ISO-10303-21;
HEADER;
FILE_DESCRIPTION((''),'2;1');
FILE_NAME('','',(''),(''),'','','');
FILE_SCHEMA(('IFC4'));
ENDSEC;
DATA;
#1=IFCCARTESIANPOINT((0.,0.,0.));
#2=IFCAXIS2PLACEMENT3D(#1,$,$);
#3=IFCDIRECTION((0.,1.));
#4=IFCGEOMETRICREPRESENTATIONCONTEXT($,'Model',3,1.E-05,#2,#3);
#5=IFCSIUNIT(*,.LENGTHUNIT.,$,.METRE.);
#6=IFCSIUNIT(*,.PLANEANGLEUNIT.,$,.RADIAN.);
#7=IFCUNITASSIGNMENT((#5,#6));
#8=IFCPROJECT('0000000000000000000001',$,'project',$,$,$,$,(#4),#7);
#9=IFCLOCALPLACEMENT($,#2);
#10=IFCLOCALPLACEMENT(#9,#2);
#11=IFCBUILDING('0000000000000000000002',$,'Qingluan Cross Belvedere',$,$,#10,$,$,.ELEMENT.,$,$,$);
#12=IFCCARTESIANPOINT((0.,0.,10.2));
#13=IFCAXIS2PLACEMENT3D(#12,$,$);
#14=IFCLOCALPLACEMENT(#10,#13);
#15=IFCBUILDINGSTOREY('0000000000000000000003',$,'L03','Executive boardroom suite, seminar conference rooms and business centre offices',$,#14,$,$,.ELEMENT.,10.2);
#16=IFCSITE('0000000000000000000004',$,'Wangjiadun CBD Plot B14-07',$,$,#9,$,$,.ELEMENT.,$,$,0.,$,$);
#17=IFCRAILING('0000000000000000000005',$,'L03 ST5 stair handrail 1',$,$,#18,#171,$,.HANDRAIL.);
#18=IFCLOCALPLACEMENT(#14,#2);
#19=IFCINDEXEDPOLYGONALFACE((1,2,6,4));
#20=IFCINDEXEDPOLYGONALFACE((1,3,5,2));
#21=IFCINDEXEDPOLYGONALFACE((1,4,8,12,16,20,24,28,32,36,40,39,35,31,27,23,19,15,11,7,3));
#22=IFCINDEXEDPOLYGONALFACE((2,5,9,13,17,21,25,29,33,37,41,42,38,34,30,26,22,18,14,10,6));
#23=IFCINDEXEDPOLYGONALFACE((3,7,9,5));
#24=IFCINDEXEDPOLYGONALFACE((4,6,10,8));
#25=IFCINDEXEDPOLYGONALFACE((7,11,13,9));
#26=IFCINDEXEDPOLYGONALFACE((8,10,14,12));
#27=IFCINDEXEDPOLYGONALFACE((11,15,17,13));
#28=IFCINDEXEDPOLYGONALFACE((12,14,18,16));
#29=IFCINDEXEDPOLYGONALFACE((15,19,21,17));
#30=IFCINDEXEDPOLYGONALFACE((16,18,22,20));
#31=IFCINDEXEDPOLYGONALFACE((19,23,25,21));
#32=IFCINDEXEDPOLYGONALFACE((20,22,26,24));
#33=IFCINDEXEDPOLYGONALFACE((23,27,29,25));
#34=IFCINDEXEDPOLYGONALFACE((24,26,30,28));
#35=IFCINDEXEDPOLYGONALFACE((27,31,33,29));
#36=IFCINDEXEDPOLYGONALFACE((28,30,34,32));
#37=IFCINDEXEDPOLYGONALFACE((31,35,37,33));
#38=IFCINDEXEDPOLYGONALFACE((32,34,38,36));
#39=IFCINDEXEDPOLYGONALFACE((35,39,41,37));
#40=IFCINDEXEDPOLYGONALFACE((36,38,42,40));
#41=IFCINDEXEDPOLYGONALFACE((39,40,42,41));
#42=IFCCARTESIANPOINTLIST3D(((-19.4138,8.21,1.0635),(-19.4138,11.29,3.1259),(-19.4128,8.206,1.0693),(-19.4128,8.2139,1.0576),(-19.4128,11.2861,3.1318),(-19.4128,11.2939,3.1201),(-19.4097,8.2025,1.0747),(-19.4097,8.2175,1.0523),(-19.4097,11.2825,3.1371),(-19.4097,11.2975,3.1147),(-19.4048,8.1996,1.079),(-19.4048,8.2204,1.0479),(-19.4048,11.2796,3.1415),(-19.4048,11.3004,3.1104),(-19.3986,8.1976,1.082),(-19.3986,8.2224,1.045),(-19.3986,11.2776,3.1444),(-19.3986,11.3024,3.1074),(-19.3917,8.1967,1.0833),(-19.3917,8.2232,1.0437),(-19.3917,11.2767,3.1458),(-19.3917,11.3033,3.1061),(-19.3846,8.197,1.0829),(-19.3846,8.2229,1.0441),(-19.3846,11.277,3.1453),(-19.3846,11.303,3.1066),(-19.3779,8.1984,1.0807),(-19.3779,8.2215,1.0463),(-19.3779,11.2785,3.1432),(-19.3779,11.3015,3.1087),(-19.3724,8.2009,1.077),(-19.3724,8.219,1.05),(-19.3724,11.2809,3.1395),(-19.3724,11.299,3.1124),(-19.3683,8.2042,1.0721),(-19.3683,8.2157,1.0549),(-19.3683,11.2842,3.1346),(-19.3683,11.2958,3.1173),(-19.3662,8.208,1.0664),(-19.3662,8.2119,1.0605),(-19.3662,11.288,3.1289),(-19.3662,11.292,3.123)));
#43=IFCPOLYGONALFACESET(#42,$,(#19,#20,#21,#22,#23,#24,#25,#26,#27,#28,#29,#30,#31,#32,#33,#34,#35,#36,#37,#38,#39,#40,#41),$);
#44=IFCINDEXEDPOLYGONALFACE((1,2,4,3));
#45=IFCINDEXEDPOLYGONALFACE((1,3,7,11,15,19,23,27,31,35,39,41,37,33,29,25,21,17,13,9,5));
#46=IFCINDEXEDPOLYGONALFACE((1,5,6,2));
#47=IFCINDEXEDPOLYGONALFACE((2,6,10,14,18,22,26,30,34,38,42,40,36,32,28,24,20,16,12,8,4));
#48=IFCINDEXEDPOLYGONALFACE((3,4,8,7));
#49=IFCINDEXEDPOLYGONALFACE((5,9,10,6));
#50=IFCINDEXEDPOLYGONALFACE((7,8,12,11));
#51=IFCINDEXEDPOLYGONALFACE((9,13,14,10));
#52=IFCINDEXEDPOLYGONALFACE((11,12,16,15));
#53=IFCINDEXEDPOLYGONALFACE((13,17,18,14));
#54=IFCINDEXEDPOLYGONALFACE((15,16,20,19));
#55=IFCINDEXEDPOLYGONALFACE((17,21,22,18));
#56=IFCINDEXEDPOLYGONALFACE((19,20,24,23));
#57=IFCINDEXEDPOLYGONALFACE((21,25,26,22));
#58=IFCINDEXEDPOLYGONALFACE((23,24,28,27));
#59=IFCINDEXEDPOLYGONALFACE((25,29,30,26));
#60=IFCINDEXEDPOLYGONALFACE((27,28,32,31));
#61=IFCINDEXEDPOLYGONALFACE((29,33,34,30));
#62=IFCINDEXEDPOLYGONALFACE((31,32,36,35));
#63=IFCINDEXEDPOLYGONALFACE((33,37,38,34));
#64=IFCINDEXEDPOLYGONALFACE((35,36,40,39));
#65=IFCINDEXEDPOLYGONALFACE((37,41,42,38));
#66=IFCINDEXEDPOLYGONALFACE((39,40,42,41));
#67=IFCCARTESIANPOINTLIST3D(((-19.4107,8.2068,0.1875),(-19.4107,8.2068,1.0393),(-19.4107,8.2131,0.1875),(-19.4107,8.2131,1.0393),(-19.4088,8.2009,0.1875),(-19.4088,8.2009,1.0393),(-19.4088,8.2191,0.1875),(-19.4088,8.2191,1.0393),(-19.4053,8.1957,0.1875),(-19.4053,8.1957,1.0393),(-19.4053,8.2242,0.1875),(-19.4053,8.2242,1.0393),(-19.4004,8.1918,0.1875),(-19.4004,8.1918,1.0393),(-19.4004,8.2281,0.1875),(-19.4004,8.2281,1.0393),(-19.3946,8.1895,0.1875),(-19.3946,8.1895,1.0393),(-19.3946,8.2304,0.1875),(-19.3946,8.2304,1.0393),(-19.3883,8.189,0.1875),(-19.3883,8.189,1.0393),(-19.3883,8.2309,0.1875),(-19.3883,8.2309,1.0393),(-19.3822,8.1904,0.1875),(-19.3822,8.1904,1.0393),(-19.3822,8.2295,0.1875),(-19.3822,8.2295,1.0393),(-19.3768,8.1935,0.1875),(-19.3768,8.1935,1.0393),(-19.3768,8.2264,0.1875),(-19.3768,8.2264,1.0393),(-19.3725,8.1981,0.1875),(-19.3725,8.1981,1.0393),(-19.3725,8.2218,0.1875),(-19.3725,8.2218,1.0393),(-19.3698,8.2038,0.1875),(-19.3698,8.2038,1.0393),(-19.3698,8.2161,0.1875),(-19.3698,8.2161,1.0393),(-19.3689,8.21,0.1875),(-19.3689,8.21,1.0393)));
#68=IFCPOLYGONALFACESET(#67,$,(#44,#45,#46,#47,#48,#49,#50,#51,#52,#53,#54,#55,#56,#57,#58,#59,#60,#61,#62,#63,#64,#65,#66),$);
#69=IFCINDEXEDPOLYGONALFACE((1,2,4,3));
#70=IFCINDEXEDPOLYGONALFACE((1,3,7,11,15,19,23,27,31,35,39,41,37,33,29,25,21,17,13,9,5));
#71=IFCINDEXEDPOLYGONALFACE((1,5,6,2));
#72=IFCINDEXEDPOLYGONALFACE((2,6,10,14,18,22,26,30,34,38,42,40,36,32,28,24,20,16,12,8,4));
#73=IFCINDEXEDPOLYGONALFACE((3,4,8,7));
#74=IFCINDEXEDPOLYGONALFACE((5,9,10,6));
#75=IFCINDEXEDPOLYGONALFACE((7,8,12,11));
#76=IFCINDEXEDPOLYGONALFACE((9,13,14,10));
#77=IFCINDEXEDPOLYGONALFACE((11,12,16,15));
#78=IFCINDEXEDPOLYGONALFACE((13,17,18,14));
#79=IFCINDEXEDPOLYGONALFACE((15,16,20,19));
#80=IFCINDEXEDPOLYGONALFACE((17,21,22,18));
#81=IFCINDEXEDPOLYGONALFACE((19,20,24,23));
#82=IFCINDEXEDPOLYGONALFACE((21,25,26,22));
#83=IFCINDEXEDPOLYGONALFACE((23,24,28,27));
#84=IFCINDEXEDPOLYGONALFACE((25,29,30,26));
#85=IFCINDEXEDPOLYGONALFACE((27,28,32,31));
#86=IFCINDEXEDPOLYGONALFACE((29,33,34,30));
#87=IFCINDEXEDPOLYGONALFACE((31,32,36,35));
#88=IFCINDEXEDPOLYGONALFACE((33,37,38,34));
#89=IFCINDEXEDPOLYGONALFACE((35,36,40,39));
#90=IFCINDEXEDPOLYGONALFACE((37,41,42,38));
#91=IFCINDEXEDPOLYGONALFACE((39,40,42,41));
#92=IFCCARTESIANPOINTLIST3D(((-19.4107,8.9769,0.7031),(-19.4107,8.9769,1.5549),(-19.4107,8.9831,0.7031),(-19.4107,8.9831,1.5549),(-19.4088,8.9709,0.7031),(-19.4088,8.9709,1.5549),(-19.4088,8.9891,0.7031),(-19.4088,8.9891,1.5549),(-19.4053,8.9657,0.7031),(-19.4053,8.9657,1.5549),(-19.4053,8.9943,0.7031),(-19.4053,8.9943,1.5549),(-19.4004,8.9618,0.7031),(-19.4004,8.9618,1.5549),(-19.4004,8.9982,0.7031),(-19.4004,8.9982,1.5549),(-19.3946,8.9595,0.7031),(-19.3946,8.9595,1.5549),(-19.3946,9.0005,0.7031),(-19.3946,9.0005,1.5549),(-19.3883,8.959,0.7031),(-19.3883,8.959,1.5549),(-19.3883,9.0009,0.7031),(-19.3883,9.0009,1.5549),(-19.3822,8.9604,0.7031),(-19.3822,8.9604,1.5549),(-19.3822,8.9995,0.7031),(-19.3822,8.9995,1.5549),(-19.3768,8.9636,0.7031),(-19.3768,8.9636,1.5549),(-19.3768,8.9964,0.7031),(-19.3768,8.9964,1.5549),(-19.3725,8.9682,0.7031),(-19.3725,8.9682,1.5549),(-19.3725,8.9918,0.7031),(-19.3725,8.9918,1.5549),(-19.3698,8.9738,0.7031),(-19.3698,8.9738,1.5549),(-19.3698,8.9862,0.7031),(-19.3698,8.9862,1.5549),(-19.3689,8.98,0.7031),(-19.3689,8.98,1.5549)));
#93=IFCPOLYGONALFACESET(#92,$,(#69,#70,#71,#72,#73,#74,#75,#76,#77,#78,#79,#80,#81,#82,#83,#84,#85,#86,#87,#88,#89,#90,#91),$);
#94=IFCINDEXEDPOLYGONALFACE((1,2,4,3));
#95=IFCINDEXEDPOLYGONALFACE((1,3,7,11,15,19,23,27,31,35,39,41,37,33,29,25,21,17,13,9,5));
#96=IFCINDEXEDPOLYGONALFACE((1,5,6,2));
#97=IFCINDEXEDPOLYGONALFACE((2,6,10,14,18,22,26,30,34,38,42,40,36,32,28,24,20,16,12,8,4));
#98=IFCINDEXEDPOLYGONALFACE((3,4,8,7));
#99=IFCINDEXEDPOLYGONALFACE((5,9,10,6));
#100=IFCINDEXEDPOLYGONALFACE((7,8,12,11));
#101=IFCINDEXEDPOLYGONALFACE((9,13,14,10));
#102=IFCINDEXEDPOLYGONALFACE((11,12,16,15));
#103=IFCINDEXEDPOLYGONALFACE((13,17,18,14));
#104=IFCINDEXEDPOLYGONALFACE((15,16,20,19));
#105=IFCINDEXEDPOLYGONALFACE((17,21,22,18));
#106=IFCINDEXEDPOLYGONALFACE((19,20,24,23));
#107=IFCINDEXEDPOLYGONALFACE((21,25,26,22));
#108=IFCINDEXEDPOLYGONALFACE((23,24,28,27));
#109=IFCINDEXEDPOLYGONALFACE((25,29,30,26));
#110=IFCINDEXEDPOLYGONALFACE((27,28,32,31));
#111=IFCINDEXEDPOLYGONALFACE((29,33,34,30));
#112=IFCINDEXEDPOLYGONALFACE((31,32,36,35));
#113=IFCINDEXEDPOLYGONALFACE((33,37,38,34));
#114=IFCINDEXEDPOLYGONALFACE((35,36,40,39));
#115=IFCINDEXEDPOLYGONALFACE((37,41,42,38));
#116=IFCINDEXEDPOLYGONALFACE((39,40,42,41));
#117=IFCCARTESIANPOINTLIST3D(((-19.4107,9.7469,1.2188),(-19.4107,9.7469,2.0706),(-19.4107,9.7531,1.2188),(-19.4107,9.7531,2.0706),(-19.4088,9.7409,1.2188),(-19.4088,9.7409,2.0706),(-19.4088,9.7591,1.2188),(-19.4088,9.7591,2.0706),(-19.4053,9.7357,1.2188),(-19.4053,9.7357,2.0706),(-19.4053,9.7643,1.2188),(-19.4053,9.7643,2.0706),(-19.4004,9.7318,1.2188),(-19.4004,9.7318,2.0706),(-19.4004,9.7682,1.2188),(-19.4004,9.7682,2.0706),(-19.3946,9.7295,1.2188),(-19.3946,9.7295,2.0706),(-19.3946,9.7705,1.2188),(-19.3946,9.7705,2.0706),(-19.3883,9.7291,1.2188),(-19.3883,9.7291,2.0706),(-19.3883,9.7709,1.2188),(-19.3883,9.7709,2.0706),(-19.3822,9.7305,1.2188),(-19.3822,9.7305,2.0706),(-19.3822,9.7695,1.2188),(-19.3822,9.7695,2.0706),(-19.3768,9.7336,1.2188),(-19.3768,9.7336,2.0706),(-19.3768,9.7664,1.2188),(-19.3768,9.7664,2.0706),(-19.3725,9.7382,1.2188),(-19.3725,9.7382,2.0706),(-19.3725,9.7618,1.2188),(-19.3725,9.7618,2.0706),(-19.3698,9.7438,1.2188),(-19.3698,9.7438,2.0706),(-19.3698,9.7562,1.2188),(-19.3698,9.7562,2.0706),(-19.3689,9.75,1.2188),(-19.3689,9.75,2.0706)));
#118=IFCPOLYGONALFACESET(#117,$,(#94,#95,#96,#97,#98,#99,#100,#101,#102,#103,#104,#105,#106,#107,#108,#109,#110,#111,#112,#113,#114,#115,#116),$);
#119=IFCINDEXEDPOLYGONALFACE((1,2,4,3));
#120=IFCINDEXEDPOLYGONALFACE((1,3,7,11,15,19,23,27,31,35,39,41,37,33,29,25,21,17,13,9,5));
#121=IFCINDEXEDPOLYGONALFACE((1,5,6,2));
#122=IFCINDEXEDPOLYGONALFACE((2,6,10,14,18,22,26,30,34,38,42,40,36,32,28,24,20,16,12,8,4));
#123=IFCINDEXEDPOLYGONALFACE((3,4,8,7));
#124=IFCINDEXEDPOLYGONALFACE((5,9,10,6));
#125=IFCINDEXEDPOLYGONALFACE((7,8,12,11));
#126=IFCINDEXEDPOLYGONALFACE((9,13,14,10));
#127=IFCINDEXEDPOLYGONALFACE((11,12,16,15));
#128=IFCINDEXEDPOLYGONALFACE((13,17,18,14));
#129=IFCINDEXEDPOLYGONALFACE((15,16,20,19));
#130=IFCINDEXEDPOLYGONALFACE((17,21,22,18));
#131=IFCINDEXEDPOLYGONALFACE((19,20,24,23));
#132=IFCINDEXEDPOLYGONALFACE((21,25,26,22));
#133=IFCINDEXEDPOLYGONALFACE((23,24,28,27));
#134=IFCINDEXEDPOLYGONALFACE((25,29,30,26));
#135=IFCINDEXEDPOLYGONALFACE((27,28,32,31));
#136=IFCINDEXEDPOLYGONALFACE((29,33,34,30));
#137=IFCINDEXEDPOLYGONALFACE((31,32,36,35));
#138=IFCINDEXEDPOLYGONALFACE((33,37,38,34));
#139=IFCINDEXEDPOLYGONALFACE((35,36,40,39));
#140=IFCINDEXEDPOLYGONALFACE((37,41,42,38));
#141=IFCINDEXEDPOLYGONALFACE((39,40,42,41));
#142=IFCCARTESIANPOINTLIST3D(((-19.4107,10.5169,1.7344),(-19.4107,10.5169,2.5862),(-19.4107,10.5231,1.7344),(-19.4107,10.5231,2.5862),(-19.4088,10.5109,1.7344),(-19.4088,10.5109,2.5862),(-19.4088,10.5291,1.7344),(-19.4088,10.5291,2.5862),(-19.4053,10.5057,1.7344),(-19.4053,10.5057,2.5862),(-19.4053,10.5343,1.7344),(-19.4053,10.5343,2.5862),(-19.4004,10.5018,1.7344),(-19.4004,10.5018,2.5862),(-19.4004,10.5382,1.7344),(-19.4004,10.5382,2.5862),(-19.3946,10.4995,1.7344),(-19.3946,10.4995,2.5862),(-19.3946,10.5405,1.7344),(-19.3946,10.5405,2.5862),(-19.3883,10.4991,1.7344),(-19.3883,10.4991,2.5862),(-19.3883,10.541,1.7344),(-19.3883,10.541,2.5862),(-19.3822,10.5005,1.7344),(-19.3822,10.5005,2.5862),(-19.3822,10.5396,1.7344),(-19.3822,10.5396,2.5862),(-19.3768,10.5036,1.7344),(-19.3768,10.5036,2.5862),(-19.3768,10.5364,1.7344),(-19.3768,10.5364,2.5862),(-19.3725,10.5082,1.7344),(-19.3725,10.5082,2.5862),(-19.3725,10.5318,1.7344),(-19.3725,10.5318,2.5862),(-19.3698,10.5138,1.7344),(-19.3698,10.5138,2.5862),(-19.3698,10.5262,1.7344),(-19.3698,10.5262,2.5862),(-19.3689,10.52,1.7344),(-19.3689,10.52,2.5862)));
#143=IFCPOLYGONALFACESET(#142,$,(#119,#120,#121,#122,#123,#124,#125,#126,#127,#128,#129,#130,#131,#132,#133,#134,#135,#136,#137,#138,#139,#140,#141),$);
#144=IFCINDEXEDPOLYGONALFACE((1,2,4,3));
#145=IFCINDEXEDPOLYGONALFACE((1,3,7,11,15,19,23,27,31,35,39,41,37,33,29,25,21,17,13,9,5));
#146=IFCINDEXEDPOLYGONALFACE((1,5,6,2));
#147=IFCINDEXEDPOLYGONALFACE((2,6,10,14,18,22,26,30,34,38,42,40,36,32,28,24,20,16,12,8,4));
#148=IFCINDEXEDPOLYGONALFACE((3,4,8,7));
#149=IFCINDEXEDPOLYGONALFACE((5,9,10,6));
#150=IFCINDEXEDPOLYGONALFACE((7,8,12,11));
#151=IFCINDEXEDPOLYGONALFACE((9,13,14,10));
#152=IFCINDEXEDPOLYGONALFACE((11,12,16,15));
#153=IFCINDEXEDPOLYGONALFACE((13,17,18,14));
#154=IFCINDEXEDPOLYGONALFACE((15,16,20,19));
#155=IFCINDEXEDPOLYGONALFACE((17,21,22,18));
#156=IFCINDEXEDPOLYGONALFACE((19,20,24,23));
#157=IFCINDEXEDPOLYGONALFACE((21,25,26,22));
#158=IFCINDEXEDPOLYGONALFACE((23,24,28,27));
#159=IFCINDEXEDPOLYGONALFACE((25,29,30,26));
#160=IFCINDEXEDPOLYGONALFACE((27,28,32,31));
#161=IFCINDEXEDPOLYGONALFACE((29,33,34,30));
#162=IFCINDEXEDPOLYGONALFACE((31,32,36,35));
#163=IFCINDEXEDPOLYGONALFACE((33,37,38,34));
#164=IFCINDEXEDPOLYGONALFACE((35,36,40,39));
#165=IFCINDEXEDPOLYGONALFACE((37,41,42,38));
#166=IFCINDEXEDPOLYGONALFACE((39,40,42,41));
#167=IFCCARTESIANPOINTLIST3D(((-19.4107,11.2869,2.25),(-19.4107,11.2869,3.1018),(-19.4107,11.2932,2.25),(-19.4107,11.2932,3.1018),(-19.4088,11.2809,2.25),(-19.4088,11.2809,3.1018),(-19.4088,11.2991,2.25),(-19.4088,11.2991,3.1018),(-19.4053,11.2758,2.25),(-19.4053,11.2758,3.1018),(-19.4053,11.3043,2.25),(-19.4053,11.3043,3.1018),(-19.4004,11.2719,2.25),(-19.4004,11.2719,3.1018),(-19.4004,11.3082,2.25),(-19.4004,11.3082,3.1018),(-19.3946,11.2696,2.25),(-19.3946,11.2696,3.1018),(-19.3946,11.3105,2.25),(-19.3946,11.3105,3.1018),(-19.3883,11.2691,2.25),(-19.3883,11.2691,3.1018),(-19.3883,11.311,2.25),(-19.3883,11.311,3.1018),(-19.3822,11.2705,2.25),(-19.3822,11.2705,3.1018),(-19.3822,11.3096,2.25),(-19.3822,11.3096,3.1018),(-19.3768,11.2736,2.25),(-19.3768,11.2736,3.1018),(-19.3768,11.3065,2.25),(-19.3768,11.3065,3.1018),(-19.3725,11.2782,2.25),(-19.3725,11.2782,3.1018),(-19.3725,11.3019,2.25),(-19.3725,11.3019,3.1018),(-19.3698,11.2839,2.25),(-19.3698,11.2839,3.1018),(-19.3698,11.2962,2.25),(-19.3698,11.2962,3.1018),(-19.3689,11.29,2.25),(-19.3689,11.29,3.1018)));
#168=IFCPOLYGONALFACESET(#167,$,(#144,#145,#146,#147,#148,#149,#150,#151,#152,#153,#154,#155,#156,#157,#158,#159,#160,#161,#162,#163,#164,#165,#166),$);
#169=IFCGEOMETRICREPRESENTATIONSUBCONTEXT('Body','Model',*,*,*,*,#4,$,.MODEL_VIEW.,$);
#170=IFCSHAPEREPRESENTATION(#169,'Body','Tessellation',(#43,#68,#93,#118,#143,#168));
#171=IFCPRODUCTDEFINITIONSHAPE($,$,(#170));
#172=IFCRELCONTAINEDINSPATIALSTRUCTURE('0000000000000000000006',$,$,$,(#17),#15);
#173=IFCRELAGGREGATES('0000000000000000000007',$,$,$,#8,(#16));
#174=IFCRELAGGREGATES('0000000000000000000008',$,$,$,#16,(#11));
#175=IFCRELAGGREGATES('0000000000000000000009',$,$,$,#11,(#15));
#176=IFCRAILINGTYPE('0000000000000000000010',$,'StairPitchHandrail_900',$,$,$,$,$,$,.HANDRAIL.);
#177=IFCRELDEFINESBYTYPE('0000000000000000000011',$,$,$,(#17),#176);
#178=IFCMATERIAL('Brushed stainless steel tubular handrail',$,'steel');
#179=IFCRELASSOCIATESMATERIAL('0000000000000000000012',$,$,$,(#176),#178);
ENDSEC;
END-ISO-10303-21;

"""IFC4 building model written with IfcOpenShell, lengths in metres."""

from ifc_helpers import new_model, si_unit, direction, frame, origin, origin_2d, place, context, subcontext, project, spatial, circle, extrude, material, type_object, element, save


model = new_model("IFC4")

# Units and contexts
model_context = context("Model", 3, precision=1e-05, world=origin(), true_north=direction((0.0, 1.0)))
body_context = subcontext(model_context, "Body", "Model", "MODEL_VIEW")
ifc_project = project(units=[si_unit("LENGTHUNIT", "METRE"), si_unit("PLANEANGLEUNIT", "RADIAN")], contexts=[model_context])

# Site, building, storey
site_placement = place(None, origin())
site = spatial("IfcSite", under=ifc_project, at=site_placement, Name="Wangjiadun CBD Plot B14-07", CompositionType="ELEMENT", RefElevation=0.0)
building_placement = place(site_placement, origin())
building = spatial("IfcBuilding", under=site, at=building_placement, Name="Qingluan Cross Belvedere", CompositionType="ELEMENT")
storey_placement = place(building_placement, frame((0.0, 0.0, 10.2)))
storey = spatial("IfcBuildingStorey", under=building, at=storey_placement, Name="L03", Description="Executive boardroom suite, seminar conference rooms and business centre offices", CompositionType="ELEMENT", Elevation=10.2)

# Railing
ifc_material_1 = material(Name="Brushed stainless steel tubular handrail", Category="steel")
railing_type_1 = type_object("IfcRailingType", Name="StairPitchHandrail_900", PredefinedType="HANDRAIL", material=ifc_material_1)
railing_1_placement = place(storey_placement, frame((-19.3899, 8.21, 0.1875)))
element("IfcRailing", 1, at=railing_1_placement, inside=storey, type_object=railing_type_1, Name="L03 ST5 stair handrail 1", PredefinedType="HANDRAIL", context=body_context, shape_type="SweptSolid", body=[
    extrude(circle(Radius=0.0239, at=origin_2d()), frame((0.0, 0.0, 0.876), z_axis=(0.0, 0.830914, 0.556401), x_axis=(-1.0, 0.0, 0.0)), (0.0, 0.0, 1.0), 3.7068),
    extrude(circle(Radius=0.021, at=origin_2d()), origin(), (0.0, 0.0, 1.0), 0.8518),
    extrude(circle(Radius=0.021, at=origin_2d()), frame((0.0, 0.77, 0.5156)), (0.0, 0.0, 1.0), 0.8518),
    extrude(circle(Radius=0.021, at=origin_2d()), frame((0.0, 1.54, 1.0312)), (0.0, 0.0, 1.0), 0.8518),
    extrude(circle(Radius=0.021, at=origin_2d()), frame((0.0, 2.3101, 1.5469)), (0.0, 0.0, 1.0), 0.8518),
    extrude(circle(Radius=0.021, at=origin_2d()), frame((0.0, 3.0801, 2.0625)), (0.0, 0.0, 1.0), 0.8518),
])

save(model, "model.ifc")
